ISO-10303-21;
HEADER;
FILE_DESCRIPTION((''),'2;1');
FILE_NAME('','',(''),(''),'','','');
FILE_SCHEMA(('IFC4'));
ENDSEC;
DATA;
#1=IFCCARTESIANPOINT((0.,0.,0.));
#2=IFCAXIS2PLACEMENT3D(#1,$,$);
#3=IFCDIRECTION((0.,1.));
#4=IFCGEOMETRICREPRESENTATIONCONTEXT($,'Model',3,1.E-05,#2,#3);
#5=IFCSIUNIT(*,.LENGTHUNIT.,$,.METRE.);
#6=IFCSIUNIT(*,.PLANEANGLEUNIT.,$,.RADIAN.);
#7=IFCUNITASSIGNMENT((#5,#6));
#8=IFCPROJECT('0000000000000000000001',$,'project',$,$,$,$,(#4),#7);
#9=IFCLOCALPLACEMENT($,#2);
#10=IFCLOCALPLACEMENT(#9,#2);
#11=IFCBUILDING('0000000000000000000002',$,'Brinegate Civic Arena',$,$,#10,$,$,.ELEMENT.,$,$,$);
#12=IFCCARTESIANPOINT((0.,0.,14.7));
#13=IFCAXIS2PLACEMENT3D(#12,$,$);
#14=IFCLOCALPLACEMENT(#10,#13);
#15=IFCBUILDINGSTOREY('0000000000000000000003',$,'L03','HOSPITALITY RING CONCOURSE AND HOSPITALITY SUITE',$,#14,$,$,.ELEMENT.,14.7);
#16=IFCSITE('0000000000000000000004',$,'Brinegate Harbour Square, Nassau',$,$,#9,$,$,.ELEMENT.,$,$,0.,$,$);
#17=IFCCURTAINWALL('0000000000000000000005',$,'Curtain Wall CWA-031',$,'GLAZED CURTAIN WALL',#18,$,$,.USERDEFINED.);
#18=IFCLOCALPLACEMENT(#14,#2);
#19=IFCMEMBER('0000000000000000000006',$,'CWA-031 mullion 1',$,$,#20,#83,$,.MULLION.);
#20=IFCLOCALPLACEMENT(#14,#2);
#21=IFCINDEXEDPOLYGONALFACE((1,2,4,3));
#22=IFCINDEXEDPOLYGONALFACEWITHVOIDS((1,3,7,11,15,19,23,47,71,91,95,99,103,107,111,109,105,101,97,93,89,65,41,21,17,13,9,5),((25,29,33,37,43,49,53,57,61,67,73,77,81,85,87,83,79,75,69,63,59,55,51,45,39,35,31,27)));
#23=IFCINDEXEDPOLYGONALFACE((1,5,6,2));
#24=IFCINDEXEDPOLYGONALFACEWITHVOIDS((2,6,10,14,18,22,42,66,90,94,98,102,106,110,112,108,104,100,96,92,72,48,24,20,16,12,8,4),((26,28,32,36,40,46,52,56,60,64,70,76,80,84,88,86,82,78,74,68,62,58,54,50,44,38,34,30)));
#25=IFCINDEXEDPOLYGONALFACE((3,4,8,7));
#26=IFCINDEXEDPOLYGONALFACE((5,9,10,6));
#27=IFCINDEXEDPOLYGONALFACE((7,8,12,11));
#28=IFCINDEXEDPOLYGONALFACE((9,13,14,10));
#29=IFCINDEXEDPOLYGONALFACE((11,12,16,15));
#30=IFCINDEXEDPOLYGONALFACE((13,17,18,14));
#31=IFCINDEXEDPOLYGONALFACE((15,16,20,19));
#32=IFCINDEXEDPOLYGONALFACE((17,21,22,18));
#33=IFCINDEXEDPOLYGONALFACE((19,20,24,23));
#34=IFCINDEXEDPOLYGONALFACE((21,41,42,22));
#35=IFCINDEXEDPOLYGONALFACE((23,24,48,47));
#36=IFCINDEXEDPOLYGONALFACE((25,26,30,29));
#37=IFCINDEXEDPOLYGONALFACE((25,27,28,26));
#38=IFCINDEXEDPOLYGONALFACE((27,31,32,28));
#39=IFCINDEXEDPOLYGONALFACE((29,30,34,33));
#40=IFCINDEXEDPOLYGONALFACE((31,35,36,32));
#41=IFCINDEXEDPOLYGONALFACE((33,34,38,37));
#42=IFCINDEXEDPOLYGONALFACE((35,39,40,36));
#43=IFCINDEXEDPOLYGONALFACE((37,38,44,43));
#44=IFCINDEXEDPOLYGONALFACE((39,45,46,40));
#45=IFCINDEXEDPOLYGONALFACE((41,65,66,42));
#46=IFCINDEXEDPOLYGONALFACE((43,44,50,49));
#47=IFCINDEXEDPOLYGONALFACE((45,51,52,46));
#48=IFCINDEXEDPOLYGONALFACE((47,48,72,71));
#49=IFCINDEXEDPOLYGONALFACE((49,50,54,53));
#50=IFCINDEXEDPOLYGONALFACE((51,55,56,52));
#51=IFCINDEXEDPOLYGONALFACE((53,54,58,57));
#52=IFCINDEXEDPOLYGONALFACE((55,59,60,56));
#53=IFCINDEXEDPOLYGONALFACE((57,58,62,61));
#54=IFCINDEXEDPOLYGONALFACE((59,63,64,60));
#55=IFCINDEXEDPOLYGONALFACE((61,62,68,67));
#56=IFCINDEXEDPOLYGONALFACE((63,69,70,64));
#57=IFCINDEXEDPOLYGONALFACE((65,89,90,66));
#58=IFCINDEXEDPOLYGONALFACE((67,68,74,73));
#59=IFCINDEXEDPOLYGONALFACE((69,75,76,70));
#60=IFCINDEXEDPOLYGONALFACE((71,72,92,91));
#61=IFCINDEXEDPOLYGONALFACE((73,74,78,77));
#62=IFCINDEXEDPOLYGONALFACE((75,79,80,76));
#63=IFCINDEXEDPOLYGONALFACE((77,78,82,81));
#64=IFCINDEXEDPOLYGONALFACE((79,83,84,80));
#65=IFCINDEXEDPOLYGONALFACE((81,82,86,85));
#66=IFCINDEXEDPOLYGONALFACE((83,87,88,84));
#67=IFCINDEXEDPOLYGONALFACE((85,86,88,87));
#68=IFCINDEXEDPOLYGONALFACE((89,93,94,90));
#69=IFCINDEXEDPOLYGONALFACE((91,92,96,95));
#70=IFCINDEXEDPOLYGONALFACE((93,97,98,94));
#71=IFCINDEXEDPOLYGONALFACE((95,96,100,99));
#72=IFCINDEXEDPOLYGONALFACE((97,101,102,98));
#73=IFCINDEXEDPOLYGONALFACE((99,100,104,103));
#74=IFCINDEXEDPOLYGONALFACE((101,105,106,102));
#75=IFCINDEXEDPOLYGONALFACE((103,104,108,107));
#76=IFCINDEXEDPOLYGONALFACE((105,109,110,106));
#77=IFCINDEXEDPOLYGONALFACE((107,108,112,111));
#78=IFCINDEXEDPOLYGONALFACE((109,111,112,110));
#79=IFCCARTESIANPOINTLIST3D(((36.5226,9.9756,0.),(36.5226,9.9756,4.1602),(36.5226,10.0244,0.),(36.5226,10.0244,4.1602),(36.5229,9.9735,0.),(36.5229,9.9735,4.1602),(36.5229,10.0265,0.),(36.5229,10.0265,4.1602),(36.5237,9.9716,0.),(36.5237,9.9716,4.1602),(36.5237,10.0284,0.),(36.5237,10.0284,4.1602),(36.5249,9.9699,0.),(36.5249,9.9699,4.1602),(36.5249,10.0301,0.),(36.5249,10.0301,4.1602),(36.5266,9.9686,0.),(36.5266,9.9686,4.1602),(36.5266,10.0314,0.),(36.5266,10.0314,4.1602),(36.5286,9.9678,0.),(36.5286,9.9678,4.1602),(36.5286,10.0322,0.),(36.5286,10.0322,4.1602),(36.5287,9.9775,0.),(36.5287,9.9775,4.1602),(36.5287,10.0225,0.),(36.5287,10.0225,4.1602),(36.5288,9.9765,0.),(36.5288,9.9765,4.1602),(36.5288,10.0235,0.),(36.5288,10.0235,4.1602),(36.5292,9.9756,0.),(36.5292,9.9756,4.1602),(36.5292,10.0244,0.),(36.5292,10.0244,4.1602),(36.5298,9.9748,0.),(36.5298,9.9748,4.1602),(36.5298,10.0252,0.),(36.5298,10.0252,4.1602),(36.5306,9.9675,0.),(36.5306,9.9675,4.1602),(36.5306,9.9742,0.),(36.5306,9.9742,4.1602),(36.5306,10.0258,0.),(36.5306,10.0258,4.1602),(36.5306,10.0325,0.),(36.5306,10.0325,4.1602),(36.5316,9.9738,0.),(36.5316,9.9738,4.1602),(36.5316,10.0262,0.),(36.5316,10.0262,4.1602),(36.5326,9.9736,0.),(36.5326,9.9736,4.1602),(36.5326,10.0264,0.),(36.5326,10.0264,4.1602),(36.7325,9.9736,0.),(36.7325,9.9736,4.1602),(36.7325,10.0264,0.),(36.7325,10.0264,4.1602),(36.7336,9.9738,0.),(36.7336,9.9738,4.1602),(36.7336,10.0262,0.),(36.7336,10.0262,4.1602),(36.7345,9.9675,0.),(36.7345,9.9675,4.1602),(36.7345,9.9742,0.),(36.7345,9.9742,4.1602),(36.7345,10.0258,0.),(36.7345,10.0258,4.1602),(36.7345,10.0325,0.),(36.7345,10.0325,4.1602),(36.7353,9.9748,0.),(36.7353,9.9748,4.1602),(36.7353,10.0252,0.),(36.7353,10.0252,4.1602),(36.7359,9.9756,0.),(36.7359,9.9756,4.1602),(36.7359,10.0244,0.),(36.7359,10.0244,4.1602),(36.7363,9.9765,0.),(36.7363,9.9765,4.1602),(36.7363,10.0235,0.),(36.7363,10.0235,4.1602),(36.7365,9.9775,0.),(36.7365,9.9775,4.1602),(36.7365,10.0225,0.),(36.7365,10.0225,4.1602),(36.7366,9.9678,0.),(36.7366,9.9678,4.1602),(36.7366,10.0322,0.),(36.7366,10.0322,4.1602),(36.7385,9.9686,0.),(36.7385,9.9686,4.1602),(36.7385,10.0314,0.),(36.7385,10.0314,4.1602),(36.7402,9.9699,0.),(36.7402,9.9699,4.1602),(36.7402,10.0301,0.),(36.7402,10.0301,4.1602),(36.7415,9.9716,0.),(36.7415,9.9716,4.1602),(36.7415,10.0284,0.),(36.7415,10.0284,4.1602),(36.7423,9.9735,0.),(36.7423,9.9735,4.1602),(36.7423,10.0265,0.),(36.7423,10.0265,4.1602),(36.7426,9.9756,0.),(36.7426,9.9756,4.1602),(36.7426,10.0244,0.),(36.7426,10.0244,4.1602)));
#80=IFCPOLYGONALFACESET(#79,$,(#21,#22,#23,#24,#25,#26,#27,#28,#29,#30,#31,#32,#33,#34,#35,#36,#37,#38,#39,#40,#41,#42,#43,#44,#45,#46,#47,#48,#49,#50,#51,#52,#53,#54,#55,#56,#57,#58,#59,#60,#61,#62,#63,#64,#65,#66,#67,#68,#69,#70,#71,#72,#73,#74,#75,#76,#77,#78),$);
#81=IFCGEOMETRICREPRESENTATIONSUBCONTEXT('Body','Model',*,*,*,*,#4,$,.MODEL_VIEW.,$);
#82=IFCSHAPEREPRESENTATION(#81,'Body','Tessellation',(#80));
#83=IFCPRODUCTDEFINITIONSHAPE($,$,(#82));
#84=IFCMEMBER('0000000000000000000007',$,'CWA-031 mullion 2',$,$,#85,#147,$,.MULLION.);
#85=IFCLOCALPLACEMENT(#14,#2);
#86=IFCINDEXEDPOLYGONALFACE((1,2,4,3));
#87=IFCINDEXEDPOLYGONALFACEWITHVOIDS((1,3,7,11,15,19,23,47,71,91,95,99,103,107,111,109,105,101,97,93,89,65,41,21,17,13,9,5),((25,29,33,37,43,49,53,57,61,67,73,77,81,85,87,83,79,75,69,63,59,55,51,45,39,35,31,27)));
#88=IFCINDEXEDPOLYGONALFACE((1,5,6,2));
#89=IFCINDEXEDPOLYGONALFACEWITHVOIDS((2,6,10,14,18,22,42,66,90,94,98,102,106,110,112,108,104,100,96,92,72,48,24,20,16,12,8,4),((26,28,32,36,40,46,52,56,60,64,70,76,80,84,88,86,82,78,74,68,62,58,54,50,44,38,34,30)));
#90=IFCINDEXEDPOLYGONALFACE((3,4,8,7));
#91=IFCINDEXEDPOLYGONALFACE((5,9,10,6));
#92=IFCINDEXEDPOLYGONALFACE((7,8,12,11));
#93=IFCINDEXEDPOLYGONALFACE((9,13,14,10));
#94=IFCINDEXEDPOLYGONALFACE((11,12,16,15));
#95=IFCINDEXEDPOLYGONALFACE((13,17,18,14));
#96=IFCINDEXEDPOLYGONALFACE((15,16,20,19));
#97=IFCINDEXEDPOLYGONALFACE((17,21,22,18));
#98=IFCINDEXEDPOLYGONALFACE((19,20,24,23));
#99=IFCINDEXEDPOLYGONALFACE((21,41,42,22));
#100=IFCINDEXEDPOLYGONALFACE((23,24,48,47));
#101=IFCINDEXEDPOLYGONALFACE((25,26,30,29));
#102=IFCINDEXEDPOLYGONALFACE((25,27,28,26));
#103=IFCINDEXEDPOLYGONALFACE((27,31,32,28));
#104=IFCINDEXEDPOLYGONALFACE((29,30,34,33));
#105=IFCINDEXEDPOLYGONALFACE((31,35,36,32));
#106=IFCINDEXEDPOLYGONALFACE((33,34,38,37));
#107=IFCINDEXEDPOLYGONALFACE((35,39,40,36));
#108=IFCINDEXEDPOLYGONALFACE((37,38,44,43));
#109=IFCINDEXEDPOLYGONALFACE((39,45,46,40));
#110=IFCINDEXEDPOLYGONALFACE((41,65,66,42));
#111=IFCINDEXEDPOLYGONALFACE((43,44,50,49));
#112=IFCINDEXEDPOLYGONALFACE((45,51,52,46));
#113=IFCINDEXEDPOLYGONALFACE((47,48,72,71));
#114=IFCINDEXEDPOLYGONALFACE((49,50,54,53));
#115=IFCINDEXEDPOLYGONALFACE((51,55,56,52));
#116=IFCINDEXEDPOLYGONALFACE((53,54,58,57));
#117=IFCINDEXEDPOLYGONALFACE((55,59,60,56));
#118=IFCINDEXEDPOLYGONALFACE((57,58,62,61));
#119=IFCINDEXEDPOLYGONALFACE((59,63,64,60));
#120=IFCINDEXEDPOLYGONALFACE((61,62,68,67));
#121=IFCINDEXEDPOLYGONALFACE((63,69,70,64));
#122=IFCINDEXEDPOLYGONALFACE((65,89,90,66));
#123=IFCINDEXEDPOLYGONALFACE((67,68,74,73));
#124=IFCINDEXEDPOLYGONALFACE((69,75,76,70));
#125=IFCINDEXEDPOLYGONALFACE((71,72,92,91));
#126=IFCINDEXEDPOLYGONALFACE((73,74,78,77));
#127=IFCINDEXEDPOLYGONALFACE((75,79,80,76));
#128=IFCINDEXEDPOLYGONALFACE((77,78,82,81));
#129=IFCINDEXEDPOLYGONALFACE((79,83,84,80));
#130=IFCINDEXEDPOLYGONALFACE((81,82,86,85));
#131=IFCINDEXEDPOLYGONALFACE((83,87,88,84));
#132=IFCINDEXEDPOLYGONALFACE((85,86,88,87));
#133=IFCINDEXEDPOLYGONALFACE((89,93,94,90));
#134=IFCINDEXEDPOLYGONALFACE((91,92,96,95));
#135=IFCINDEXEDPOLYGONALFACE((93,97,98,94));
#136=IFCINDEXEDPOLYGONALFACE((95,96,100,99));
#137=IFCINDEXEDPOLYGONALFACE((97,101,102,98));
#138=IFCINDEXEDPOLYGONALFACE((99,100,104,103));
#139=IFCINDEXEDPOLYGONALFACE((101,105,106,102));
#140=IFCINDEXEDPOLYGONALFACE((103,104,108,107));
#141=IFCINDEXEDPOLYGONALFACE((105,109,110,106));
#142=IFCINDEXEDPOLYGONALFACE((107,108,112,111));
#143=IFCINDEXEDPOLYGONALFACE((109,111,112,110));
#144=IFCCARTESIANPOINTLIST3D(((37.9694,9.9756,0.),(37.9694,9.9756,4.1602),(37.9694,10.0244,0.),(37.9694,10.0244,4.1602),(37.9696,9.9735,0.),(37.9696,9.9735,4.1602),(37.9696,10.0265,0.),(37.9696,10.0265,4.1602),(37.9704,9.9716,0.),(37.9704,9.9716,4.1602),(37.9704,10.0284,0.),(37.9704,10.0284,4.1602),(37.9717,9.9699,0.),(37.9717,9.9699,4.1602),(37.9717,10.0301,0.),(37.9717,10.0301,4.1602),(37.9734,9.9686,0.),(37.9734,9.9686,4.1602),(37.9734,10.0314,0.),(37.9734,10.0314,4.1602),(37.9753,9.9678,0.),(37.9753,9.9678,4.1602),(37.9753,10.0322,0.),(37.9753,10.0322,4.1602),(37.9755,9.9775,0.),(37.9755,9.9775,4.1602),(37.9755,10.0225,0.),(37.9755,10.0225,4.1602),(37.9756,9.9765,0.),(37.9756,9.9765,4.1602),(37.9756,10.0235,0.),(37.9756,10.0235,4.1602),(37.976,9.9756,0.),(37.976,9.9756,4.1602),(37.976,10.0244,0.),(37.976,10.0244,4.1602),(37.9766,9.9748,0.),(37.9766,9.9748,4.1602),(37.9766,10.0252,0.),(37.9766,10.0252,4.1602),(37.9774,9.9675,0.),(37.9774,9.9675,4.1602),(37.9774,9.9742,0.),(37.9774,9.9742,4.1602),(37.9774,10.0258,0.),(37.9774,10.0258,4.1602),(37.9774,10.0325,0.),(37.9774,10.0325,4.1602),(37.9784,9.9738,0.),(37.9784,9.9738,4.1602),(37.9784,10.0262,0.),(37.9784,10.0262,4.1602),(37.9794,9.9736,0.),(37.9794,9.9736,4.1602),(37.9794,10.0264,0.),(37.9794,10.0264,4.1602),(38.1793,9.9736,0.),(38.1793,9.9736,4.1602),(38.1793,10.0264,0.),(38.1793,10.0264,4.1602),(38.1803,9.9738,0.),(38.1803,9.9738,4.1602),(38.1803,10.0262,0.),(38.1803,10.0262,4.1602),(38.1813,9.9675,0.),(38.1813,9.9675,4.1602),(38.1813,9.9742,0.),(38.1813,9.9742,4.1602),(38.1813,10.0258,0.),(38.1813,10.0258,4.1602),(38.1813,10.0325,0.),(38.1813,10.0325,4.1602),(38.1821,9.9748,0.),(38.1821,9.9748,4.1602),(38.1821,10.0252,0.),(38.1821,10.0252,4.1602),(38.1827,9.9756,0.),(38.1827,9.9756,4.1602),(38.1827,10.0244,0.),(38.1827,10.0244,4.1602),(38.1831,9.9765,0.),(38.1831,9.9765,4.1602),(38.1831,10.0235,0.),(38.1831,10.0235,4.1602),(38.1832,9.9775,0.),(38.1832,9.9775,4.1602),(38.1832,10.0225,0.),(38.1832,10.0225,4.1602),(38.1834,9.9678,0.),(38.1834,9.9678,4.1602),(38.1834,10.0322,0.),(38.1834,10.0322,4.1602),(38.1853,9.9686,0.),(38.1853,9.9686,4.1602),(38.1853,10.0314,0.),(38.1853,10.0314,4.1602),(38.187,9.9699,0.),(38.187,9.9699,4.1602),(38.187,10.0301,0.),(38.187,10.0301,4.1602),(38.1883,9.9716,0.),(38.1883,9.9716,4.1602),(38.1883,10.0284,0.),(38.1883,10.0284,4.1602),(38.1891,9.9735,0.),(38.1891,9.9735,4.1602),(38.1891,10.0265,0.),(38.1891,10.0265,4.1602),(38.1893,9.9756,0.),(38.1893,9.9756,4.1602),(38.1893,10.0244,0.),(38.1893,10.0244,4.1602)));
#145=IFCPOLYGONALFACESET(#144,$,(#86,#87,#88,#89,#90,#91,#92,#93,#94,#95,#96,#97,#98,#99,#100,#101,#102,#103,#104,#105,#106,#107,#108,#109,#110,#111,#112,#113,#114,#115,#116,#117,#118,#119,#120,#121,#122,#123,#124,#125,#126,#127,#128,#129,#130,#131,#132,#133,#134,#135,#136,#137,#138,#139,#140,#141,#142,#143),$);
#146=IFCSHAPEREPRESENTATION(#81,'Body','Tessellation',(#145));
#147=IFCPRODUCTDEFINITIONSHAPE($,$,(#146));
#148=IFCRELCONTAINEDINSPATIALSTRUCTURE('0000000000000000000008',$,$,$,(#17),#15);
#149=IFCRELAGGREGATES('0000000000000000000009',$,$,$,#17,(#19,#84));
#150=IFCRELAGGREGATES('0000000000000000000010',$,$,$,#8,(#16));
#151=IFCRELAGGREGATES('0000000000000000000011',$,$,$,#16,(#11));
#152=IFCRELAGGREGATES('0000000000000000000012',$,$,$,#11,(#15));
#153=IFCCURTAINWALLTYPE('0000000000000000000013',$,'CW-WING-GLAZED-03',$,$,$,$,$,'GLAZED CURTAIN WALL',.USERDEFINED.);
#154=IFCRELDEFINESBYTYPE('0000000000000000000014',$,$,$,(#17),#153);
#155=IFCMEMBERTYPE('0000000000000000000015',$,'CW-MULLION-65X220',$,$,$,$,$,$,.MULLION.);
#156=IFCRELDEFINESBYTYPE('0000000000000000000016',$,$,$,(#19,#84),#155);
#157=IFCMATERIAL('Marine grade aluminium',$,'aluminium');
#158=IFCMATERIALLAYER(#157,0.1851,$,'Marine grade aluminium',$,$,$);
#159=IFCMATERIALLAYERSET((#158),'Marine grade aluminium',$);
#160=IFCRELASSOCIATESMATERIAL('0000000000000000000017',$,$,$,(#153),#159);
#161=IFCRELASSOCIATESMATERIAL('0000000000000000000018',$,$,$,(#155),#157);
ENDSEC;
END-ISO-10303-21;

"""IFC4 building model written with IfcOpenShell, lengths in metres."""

from ifc_helpers import new_model, si_unit, direction, frame, origin, origin_2d, place, context, subcontext, project, spatial, hollow_rectangle, extrude, material, layer, layer_set, material_profile, profile_set, type_object, element, aggregate, save


model = new_model("IFC4")

# Units and contexts
model_context = context("Model", 3, precision=1e-05, world=origin(), true_north=direction((0.0, 1.0)))
body_context = subcontext(model_context, "Body", "Model", "MODEL_VIEW")
ifc_project = project(units=[si_unit("LENGTHUNIT", "METRE"), si_unit("PLANEANGLEUNIT", "RADIAN")], contexts=[model_context])

# Site, building, storey
site_placement = place(None, origin())
site = spatial("IfcSite", under=ifc_project, at=site_placement, Name="Brinegate Harbour Square, Nassau", CompositionType="ELEMENT", RefElevation=0.0)
building_placement = place(site_placement, origin())
building = spatial("IfcBuilding", under=site, at=building_placement, Name="Brinegate Civic Arena", CompositionType="ELEMENT")
storey_placement = place(building_placement, frame((0.0, 0.0, 14.7)))
storey = spatial("IfcBuildingStorey", under=building, at=storey_placement, Name="L03", Description="HOSPITALITY RING CONCOURSE AND HOSPITALITY SUITE", CompositionType="ELEMENT", Elevation=14.7)

# Curtain wall, members
ifc_material_1 = material(Name="Marine grade aluminium", Category="aluminium")
ifc_layer_1 = layer(ifc_material_1, 0.1851, Name="Marine grade aluminium")
ifc_layer_set_1 = layer_set([ifc_layer_1], Name="Marine grade aluminium")
curtain_wall_type = type_object("IfcCurtainWallType", Name="CW-WING-GLAZED-03", ElementType="GLAZED CURTAIN WALL", PredefinedType="USERDEFINED", material=ifc_layer_set_1)
curtain_wall_1_placement = place(storey_placement, origin())
curtain_wall_1 = element("IfcCurtainWall", 1, at=curtain_wall_1_placement, inside=storey, type_object=curtain_wall_type, Name="Curtain Wall CWA-031", ObjectType="GLAZED CURTAIN WALL", PredefinedType="USERDEFINED")
ifc_material_profile_1 = material_profile(ifc_material_1, hollow_rectangle(XDim=0.0649, YDim=0.22, WallThickness=0.0061, InnerFilletRadius=0.0039, OuterFilletRadius=0.0081, at=origin_2d()), Name="MUL65X220")
ifc_profile_set_1 = profile_set([ifc_material_profile_1], Name="Marine grade aluminium")
member_type_1 = type_object("IfcMemberType", Name="CW-MULLION-65X220", PredefinedType="MULLION", material=ifc_profile_set_1)
member_1_placement = place(storey_placement, frame((36.6326, 10.0, 0.0), z_axis=(0.0, 0.0, 1.0), x_axis=(0.0, 1.0, 0.0)))
member_1 = element("IfcMember", 2, at=member_1_placement, type_object=member_type_1, Name="CWA-031 mullion 1", PredefinedType="MULLION", context=body_context, shape_type="SweptSolid", body=[
    extrude(hollow_rectangle(XDim=0.0649, YDim=0.22, WallThickness=0.0061, InnerFilletRadius=0.0039, OuterFilletRadius=0.0081, at=origin_2d()), origin(), (0.0, 0.0, 1.0), 4.1602),
])
member_2_placement = place(storey_placement, frame((38.0793, 10.0, 0.0), z_axis=(0.0, 0.0, 1.0), x_axis=(0.0, 1.0, 0.0)))
member_2 = element("IfcMember", 3, at=member_2_placement, type_object=member_type_1, Name="CWA-031 mullion 2", PredefinedType="MULLION", context=body_context, shape_type="SweptSolid", body=[
    extrude(hollow_rectangle(XDim=0.0649, YDim=0.22, WallThickness=0.0061, InnerFilletRadius=0.0039, OuterFilletRadius=0.0081, at=origin_2d()), origin(), (0.0, 0.0, 1.0), 4.1602),
])

aggregate(curtain_wall_1, [member_1, member_2])

save(model, "model.ifc")
